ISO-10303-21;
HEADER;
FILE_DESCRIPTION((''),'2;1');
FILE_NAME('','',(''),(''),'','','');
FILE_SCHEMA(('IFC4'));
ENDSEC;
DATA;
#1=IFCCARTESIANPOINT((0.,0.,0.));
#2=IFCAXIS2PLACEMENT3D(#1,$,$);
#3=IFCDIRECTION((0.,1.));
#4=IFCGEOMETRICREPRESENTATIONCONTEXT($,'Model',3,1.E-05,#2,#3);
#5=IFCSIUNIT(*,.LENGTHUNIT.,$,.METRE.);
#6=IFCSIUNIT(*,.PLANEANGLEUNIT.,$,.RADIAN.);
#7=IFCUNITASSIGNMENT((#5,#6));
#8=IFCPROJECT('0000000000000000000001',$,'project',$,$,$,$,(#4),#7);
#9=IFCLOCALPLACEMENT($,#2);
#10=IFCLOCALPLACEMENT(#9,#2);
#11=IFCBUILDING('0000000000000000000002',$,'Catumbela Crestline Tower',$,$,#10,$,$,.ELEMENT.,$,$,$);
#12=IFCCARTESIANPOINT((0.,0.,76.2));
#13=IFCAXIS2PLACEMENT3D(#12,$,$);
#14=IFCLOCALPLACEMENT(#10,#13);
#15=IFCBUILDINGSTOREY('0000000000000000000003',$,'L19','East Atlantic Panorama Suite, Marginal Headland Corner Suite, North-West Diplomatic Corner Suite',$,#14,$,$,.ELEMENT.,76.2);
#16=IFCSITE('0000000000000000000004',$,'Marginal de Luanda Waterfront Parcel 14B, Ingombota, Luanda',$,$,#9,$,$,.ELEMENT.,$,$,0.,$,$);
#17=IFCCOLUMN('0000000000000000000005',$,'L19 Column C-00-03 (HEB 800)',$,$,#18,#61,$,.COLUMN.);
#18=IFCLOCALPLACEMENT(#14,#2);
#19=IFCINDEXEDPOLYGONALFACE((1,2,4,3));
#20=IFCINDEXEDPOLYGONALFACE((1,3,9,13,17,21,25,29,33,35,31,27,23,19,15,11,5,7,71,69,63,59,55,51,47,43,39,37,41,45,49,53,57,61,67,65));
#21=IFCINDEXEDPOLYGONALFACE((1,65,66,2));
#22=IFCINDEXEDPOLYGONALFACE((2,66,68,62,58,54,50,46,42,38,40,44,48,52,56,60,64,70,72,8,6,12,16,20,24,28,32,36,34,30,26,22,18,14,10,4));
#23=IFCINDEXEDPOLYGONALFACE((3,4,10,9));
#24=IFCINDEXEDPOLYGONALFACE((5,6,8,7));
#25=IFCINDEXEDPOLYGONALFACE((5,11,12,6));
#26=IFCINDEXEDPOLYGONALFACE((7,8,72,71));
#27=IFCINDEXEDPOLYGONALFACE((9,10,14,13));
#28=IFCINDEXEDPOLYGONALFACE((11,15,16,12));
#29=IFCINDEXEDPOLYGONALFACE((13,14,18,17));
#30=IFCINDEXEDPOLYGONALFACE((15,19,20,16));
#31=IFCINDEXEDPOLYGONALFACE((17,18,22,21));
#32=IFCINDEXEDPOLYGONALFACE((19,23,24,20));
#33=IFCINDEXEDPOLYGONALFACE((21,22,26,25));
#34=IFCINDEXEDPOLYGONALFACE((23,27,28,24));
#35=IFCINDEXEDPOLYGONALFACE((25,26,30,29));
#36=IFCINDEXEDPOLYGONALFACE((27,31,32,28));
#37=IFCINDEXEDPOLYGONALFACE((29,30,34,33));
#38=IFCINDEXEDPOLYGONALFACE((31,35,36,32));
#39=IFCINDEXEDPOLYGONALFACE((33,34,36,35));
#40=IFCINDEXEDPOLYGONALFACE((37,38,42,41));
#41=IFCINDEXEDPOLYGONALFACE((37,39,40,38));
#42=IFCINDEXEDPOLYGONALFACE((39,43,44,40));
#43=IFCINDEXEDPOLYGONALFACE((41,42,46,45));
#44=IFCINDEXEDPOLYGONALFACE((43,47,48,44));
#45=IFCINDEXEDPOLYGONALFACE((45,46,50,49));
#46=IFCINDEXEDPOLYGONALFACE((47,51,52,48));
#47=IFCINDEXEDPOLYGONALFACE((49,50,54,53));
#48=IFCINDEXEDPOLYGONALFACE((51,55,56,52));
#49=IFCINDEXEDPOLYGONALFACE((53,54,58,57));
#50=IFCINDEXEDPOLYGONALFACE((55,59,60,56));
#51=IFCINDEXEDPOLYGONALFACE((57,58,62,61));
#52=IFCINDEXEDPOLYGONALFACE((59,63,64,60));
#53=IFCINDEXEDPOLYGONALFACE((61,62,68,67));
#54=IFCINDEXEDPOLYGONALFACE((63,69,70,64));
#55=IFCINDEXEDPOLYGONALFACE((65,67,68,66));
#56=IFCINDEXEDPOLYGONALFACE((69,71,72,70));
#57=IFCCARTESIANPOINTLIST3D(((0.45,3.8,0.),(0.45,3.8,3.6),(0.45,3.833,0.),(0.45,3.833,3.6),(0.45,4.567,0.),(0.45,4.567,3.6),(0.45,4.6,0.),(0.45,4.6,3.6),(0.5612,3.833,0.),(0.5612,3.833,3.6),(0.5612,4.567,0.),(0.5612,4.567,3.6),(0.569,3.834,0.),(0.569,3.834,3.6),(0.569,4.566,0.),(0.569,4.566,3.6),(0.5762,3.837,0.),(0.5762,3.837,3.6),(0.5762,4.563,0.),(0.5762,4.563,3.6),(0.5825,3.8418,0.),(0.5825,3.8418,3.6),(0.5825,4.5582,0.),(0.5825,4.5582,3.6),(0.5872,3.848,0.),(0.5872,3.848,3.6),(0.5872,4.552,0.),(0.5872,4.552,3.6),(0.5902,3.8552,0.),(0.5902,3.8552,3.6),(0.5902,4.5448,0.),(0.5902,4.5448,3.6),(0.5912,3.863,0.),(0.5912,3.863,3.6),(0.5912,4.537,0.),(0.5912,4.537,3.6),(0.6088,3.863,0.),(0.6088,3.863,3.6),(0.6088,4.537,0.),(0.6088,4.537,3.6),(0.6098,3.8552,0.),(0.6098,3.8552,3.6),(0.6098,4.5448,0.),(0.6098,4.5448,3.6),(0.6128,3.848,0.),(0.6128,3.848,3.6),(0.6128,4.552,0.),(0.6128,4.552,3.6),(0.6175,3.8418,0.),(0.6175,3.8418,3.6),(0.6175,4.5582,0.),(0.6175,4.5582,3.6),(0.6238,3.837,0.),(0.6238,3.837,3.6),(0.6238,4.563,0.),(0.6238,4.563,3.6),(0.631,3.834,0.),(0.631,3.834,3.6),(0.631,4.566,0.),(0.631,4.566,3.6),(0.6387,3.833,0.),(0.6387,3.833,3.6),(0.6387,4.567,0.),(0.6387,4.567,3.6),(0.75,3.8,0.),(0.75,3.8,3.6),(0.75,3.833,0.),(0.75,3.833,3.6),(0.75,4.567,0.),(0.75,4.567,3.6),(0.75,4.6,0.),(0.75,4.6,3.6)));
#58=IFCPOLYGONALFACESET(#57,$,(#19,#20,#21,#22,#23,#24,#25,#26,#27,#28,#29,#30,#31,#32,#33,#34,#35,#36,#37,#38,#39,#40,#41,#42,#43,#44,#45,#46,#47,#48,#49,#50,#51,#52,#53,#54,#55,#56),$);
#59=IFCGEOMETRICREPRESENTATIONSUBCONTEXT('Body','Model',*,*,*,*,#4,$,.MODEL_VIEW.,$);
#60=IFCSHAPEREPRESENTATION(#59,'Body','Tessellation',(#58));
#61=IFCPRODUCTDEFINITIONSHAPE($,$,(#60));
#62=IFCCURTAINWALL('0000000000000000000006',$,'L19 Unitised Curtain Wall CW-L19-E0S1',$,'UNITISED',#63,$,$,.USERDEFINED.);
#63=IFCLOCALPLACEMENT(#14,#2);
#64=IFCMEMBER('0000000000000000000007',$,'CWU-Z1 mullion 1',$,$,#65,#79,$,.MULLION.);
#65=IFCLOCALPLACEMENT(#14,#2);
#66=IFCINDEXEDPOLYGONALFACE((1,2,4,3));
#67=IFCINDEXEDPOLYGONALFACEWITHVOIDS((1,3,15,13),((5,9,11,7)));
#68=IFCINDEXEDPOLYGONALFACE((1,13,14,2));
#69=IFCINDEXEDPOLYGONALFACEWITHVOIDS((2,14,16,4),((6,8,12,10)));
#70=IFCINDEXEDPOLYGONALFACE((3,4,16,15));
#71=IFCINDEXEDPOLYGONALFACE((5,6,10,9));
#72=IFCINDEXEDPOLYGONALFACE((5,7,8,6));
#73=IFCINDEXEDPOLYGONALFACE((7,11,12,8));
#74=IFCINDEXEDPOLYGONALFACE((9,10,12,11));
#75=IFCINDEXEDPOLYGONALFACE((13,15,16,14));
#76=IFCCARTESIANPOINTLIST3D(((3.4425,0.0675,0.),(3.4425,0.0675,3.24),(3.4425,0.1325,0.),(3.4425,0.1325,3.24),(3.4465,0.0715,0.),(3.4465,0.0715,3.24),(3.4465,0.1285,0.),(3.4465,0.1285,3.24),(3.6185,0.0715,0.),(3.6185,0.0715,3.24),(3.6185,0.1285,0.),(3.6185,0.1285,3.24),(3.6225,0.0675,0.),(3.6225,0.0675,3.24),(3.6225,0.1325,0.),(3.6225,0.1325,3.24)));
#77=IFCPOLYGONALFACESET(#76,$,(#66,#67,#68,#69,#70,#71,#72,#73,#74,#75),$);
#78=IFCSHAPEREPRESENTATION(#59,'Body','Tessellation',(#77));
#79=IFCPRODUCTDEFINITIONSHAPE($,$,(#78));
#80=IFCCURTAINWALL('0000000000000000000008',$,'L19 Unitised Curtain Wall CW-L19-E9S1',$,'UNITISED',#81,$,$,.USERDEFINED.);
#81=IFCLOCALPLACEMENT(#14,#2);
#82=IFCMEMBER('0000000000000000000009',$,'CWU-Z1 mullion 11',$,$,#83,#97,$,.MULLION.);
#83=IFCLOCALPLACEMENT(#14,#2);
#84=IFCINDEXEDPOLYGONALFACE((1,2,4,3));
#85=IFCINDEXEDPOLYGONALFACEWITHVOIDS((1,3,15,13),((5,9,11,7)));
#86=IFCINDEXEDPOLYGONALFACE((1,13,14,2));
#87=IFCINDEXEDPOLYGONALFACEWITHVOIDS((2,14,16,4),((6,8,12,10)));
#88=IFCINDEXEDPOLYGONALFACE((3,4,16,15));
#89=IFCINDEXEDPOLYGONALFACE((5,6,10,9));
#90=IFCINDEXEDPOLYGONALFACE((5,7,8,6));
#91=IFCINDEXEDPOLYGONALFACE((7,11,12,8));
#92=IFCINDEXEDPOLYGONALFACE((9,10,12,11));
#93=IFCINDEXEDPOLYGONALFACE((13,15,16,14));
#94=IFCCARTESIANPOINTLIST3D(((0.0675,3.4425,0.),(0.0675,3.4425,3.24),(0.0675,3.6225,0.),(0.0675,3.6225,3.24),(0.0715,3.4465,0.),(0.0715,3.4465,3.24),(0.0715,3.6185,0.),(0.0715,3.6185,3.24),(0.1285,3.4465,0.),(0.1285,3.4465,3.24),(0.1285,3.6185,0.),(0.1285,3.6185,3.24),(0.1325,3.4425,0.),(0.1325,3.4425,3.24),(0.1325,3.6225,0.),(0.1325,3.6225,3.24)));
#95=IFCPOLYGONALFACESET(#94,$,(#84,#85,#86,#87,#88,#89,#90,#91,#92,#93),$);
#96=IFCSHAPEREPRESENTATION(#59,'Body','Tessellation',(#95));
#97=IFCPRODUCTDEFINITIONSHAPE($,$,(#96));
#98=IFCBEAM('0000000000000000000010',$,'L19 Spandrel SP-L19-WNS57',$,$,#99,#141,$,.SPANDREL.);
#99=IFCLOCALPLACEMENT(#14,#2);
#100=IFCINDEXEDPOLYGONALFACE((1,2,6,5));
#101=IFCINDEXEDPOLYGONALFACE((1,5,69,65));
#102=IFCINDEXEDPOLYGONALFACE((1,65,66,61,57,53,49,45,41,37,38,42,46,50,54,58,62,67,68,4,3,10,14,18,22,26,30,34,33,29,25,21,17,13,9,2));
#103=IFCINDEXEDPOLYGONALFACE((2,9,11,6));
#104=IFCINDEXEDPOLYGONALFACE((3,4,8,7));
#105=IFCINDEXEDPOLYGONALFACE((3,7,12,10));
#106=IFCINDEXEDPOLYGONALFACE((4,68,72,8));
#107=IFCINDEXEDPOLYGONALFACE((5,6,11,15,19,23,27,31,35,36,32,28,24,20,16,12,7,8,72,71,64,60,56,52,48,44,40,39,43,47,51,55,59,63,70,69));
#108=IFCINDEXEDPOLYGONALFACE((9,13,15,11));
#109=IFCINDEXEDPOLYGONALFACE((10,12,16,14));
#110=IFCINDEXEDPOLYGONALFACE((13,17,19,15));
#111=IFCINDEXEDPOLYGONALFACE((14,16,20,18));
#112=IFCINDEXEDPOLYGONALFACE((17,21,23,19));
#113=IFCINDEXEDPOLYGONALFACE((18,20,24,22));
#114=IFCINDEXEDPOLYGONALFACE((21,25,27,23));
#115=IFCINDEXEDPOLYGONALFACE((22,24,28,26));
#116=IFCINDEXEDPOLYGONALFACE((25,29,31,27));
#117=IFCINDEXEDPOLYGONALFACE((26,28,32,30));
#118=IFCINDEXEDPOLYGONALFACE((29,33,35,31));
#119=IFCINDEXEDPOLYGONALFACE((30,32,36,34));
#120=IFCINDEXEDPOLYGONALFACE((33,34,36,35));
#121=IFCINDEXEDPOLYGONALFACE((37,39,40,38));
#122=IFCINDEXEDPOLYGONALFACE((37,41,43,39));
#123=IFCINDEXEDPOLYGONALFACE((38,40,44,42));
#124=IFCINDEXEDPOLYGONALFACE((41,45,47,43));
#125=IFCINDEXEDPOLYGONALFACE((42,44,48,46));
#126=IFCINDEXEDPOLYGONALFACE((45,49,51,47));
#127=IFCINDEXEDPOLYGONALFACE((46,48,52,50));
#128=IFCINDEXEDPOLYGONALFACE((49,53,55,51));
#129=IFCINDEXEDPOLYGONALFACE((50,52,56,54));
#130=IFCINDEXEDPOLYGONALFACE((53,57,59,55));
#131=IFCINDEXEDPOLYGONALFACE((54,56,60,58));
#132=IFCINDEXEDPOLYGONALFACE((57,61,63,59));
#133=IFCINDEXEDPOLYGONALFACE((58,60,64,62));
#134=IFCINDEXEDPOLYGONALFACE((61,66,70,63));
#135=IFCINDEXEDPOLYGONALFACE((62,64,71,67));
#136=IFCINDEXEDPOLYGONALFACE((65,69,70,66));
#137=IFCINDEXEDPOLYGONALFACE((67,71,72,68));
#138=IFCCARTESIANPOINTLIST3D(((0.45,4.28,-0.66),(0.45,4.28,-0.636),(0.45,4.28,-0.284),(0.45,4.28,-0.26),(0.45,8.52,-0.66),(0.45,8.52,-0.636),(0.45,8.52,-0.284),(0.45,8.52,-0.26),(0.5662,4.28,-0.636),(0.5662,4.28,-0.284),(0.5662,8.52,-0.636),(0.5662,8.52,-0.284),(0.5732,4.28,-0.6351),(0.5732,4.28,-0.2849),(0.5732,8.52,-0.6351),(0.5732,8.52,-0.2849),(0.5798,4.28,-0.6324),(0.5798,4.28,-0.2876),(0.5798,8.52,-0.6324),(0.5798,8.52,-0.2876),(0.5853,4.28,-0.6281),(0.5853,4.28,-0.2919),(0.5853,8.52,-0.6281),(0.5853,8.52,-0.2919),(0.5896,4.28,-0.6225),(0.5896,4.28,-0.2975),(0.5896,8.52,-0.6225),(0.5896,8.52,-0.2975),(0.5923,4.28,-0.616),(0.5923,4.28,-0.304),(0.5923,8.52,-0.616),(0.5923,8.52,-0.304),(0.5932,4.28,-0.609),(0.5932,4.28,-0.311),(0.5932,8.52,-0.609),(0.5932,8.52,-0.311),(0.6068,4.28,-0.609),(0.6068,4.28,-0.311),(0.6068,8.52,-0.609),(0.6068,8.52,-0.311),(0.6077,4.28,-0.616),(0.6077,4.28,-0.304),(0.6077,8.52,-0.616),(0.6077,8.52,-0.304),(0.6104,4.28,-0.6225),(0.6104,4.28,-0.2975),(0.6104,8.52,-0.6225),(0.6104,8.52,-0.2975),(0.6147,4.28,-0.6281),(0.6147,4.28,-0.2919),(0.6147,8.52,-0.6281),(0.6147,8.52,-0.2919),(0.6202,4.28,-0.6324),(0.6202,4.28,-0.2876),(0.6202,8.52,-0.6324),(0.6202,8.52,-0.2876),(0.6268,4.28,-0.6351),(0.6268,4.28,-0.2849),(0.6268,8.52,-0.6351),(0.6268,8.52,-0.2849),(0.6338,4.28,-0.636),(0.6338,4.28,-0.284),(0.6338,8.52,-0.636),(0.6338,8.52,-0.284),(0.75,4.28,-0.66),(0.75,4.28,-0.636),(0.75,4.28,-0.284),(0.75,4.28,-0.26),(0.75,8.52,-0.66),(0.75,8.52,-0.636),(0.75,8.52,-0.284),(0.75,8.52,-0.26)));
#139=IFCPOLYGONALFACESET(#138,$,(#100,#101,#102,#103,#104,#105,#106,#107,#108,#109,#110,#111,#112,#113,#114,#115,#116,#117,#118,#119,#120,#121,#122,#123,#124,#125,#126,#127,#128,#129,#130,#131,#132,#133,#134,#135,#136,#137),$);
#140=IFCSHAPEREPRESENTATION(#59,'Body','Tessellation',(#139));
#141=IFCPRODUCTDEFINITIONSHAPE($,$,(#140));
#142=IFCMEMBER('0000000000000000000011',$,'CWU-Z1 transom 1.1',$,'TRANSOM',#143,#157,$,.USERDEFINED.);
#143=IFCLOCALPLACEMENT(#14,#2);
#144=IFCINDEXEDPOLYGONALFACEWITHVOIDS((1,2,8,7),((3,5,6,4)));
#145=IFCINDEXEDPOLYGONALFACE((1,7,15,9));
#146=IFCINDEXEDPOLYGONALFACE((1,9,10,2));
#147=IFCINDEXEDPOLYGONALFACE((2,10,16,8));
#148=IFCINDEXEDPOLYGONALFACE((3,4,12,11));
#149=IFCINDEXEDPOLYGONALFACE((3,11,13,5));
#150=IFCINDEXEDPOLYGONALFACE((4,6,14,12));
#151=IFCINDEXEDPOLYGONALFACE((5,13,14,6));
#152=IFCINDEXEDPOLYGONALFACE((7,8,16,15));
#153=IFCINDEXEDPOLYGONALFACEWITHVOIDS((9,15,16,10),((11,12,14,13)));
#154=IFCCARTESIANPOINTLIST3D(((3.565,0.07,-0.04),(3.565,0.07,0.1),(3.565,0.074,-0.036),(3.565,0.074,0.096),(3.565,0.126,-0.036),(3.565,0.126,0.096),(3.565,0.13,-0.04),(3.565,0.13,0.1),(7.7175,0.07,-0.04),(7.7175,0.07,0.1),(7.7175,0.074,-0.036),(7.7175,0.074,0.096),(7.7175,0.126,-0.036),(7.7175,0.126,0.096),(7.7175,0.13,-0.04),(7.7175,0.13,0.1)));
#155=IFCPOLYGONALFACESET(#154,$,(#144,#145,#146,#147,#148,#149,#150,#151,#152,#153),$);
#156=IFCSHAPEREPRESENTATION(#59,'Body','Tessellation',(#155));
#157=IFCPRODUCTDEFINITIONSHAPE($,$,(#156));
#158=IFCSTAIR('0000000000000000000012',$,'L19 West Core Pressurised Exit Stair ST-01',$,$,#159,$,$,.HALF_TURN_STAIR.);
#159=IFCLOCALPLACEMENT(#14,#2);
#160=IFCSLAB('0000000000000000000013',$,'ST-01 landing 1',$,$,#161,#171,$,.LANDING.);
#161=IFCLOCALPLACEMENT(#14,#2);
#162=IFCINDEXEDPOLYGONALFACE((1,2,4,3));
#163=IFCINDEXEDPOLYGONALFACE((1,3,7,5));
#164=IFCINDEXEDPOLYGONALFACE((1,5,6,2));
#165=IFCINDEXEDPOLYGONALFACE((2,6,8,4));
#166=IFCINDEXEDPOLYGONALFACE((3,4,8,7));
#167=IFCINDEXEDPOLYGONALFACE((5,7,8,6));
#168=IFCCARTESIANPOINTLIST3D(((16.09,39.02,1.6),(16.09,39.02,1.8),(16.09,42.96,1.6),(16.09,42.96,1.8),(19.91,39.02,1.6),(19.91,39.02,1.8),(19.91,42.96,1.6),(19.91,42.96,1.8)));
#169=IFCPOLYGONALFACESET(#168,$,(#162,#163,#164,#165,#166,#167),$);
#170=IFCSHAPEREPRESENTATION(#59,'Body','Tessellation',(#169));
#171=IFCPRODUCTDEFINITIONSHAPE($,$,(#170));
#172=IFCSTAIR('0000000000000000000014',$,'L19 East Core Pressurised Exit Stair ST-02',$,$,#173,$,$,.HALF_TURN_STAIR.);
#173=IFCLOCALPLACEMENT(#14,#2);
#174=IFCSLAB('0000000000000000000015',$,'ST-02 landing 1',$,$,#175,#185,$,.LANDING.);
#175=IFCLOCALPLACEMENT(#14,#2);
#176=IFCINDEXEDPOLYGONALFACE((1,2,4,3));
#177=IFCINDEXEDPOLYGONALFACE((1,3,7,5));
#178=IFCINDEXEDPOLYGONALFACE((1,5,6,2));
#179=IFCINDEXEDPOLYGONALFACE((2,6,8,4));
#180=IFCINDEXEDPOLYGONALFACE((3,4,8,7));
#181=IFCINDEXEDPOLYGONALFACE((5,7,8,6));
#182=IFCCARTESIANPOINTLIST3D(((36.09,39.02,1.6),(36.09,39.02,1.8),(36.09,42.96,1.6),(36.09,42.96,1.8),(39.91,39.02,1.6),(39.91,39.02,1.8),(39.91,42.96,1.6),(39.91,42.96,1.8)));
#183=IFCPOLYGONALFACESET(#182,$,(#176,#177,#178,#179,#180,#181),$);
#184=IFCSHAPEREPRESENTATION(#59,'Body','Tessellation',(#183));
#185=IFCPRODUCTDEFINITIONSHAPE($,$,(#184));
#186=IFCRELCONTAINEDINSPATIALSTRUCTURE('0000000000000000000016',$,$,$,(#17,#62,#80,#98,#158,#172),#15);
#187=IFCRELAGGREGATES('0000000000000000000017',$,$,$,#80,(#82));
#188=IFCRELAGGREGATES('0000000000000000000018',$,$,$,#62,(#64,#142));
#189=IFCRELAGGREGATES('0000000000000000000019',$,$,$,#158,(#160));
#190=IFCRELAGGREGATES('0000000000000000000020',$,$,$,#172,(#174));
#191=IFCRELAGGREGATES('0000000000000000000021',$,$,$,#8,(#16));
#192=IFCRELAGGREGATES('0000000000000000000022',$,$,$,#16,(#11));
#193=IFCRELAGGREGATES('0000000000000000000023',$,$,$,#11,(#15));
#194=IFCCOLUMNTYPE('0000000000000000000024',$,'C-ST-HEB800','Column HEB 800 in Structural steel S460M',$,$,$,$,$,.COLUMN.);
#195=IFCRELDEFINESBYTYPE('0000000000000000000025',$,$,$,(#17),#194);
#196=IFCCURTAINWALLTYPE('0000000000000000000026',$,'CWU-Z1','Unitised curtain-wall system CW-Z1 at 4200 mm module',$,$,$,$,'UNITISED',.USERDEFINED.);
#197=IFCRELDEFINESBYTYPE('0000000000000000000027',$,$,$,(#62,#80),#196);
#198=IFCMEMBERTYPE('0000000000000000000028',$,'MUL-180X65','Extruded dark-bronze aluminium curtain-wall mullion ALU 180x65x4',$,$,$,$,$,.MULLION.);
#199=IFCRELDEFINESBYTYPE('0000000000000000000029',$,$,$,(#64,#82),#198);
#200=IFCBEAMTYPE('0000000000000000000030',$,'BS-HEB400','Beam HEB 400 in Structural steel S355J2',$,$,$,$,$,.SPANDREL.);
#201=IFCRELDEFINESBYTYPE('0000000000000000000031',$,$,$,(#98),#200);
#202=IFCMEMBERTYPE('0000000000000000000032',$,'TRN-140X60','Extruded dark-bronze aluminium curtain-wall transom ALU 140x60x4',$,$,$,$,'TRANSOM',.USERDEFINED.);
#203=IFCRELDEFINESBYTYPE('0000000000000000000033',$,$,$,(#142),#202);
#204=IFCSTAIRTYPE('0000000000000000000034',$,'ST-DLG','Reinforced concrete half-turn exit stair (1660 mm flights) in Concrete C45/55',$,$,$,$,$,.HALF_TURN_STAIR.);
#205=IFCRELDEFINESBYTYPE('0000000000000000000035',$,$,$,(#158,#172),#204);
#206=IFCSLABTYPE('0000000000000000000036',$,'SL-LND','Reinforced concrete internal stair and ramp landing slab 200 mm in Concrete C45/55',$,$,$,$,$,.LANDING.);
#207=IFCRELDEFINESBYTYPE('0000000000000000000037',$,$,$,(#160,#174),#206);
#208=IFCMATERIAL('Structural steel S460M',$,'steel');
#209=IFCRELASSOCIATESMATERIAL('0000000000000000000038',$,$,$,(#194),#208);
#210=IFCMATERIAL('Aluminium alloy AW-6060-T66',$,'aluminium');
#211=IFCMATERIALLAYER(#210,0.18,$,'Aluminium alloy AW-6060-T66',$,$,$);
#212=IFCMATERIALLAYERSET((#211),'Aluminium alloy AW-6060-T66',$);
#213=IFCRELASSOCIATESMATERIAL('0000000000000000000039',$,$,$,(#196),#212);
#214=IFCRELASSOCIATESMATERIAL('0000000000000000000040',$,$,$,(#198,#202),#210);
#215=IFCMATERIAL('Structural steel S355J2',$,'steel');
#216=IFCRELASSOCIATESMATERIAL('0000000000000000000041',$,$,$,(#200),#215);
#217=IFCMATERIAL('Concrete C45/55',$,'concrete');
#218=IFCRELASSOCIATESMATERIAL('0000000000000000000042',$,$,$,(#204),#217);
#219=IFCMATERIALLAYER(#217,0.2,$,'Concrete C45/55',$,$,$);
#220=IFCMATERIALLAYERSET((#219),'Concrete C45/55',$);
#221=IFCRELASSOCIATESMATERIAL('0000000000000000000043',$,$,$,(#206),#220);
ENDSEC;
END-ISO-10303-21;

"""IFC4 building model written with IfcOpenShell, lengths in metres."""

from ifc_helpers import new_model, si_unit, direction, frame, origin, origin_2d, place, context, subcontext, project, spatial, polyline, hollow_rectangle, i_section, outline, extrude, material, layer, layer_set, material_profile, profile_set, type_object, element, aggregate, save


model = new_model("IFC4")

# Units and contexts
model_context = context("Model", 3, precision=1e-05, world=origin(), true_north=direction((0.0, 1.0)))
body_context = subcontext(model_context, "Body", "Model", "MODEL_VIEW")
ifc_project = project(units=[si_unit("LENGTHUNIT", "METRE"), si_unit("PLANEANGLEUNIT", "RADIAN")], contexts=[model_context])

# Site, building, storey
site_placement = place(None, origin())
site = spatial("IfcSite", under=ifc_project, at=site_placement, Name="Marginal de Luanda Waterfront Parcel 14B, Ingombota, Luanda", CompositionType="ELEMENT", RefElevation=0.0)
building_placement = place(site_placement, origin())
building = spatial("IfcBuilding", under=site, at=building_placement, Name="Catumbela Crestline Tower", CompositionType="ELEMENT")
storey_placement = place(building_placement, frame((0.0, 0.0, 76.2)))
storey = spatial("IfcBuildingStorey", under=building, at=storey_placement, Name="L19", Description="East Atlantic Panorama Suite, Marginal Headland Corner Suite, North-West Diplomatic Corner Suite", CompositionType="ELEMENT", Elevation=76.2)

# Column
ifc_material_1 = material(Name="Structural steel S460M", Category="steel")
ifc_material_profile_1 = material_profile(ifc_material_1, i_section(OverallWidth=0.3, OverallDepth=0.8, WebThickness=0.0175, FlangeThickness=0.033, FilletRadius=0.03, at=origin_2d()), Name="HEB 800")
ifc_profile_set_1 = profile_set([ifc_material_profile_1], Name="Structural steel S460M")
column_type = type_object("IfcColumnType", Name="C-ST-HEB800", Description="Column HEB 800 in Structural steel S460M", PredefinedType="COLUMN", material=ifc_profile_set_1)
column_placement = place(storey_placement, frame((0.6, 4.2, 0.0), z_axis=(0.0, 0.0, 1.0), x_axis=(1.0, 0.0, 0.0)))
element("IfcColumn", 1, at=column_placement, inside=storey, type_object=column_type, Name="L19 Column C-00-03 (HEB 800)", PredefinedType="COLUMN", context=body_context, shape_type="SweptSolid", body=[
    extrude(i_section(OverallWidth=0.3, OverallDepth=0.8, WebThickness=0.0175, FlangeThickness=0.033, FilletRadius=0.03, at=origin_2d()), origin(), (0.0, 0.0, 1.0), 3.6),
])

# Curtain walls, members
ifc_material_2 = material(Name="Aluminium alloy AW-6060-T66", Category="aluminium")
ifc_layer_1 = layer(ifc_material_2, 0.18, Name="Aluminium alloy AW-6060-T66")
ifc_layer_set_1 = layer_set([ifc_layer_1], Name="Aluminium alloy AW-6060-T66")
curtain_wall_type = type_object("IfcCurtainWallType", Name="CWU-Z1", Description="Unitised curtain-wall system CW-Z1 at 4200 mm module", ElementType="UNITISED", PredefinedType="USERDEFINED", material=ifc_layer_set_1)
curtain_wall_1_placement = place(storey_placement, origin())
curtain_wall_1 = element("IfcCurtainWall", 2, at=curtain_wall_1_placement, inside=storey, type_object=curtain_wall_type, Name="L19 Unitised Curtain Wall CW-L19-E0S1", ObjectType="UNITISED", PredefinedType="USERDEFINED")
ifc_material_profile_2 = material_profile(ifc_material_2, hollow_rectangle(XDim=0.065, YDim=0.18, WallThickness=0.004, at=origin_2d()), Name="ALU 180x65x4")
ifc_profile_set_2 = profile_set([ifc_material_profile_2], Name="Aluminium alloy AW-6060-T66")
member_type_1 = type_object("IfcMemberType", Name="MUL-180X65", Description="Extruded dark-bronze aluminium curtain-wall mullion ALU 180x65x4", PredefinedType="MULLION", material=ifc_profile_set_2)
member_1_placement = place(storey_placement, frame((3.5325, 0.1, 0.0), z_axis=(0.0, 0.0, 1.0), x_axis=(0.0, 1.0, 0.0)))
member_1 = element("IfcMember", 3, at=member_1_placement, type_object=member_type_1, Name="CWU-Z1 mullion 1", PredefinedType="MULLION", context=body_context, shape_type="SweptSolid", body=[
    extrude(hollow_rectangle(XDim=0.065, YDim=0.18, WallThickness=0.004, at=origin_2d()), origin(), (0.0, 0.0, 1.0), 3.24),
])
curtain_wall_2_placement = place(storey_placement, origin())
curtain_wall_2 = element("IfcCurtainWall", 4, at=curtain_wall_2_placement, inside=storey, type_object=curtain_wall_type, Name="L19 Unitised Curtain Wall CW-L19-E9S1", ObjectType="UNITISED", PredefinedType="USERDEFINED")
member_2_placement = place(storey_placement, frame((0.1, 3.5325, 0.0), z_axis=(0.0, 0.0, 1.0), x_axis=(1.0, 0.0, 0.0)))
member_2 = element("IfcMember", 5, at=member_2_placement, type_object=member_type_1, Name="CWU-Z1 mullion 11", PredefinedType="MULLION", context=body_context, shape_type="SweptSolid", body=[
    extrude(hollow_rectangle(XDim=0.065, YDim=0.18, WallThickness=0.004, at=origin_2d()), origin(), (0.0, 0.0, 1.0), 3.24),
])
aggregate(curtain_wall_2, [member_2])

# Beam
ifc_material_3 = material(Name="Structural steel S355J2", Category="steel")
ifc_material_profile_3 = material_profile(ifc_material_3, i_section(OverallWidth=0.3, OverallDepth=0.4, WebThickness=0.0135, FlangeThickness=0.024, FilletRadius=0.027, at=origin_2d()), Name="HEB 400")
ifc_profile_set_3 = profile_set([ifc_material_profile_3], Name="Structural steel S355J2")
beam_type = type_object("IfcBeamType", Name="BS-HEB400", Description="Beam HEB 400 in Structural steel S355J2", PredefinedType="SPANDREL", material=ifc_profile_set_3)
beam_placement = place(storey_placement, frame((0.6, 4.28, -0.46), z_axis=(0.0, 1.0, 0.0), x_axis=(-1.0, 0.0, 0.0)))
element("IfcBeam", 6, at=beam_placement, inside=storey, type_object=beam_type, Name="L19 Spandrel SP-L19-WNS57", PredefinedType="SPANDREL", context=body_context, shape_type="SweptSolid", body=[
    extrude(i_section(OverallWidth=0.3, OverallDepth=0.4, WebThickness=0.0135, FlangeThickness=0.024, FilletRadius=0.027, at=origin_2d()), origin(), (0.0, 0.0, 1.0), 4.24),
])

# Member
ifc_material_profile_4 = material_profile(ifc_material_2, hollow_rectangle(XDim=0.06, YDim=0.14, WallThickness=0.004, at=origin_2d()), Name="ALU 140x60x4")
ifc_profile_set_4 = profile_set([ifc_material_profile_4], Name="Aluminium alloy AW-6060-T66")
member_type_2 = type_object("IfcMemberType", Name="TRN-140X60", Description="Extruded dark-bronze aluminium curtain-wall transom ALU 140x60x4", ElementType="TRANSOM", PredefinedType="USERDEFINED", material=ifc_profile_set_4)
member_3_placement = place(storey_placement, frame((3.565, 0.1, 0.03), z_axis=(1.0, 0.0, 0.0), x_axis=(0.0, 1.0, 0.0)))
member_3 = element("IfcMember", 7, at=member_3_placement, type_object=member_type_2, Name="CWU-Z1 transom 1.1", ObjectType="TRANSOM", PredefinedType="USERDEFINED", context=body_context, shape_type="SweptSolid", body=[
    extrude(hollow_rectangle(XDim=0.06, YDim=0.14, WallThickness=0.004, at=origin_2d()), origin(), (0.0, 0.0, 1.0), 4.1525),
])
aggregate(curtain_wall_1, [member_1, member_3])

# Stairs, slabs
ifc_material_4 = material(Name="Concrete C45/55", Category="concrete")
stair_type = type_object("IfcStairType", Name="ST-DLG", Description="Reinforced concrete half-turn exit stair (1660 mm flights) in Concrete C45/55", PredefinedType="HALF_TURN_STAIR", material=ifc_material_4)
stair_1_placement = place(storey_placement, origin())
stair_1 = element("IfcStair", 8, at=stair_1_placement, inside=storey, type_object=stair_type, Name="L19 West Core Pressurised Exit Stair ST-01", PredefinedType="HALF_TURN_STAIR")
ifc_layer_2 = layer(ifc_material_4, 0.2, Name="Concrete C45/55")
ifc_layer_set_2 = layer_set([ifc_layer_2], Name="Concrete C45/55")
slab_type_1 = type_object("IfcSlabType", Name="SL-LND", Description="Reinforced concrete internal stair and ramp landing slab 200 mm in Concrete C45/55", PredefinedType="LANDING", material=ifc_layer_set_2)
slab_1_placement = place(storey_placement, frame((0.0, 0.0, 1.6)))
slab_1 = element("IfcSlab", 9, at=slab_1_placement, type_object=slab_type_1, Name="ST-01 landing 1", PredefinedType="LANDING", context=body_context, shape_type="SweptSolid", body=[
    extrude(outline(polyline([(19.91, 39.02), (19.91, 42.96), (16.09, 42.96), (16.09, 39.02), (19.91, 39.02)])), origin(), (0.0, 0.0, 1.0), 0.2),
])
aggregate(stair_1, [slab_1])
stair_2_placement = place(storey_placement, origin())
stair_2 = element("IfcStair", 10, at=stair_2_placement, inside=storey, type_object=stair_type, Name="L19 East Core Pressurised Exit Stair ST-02", PredefinedType="HALF_TURN_STAIR")
slab_2_placement = place(storey_placement, frame((0.0, 0.0, 1.6)))
slab_2 = element("IfcSlab", 11, at=slab_2_placement, type_object=slab_type_1, Name="ST-02 landing 1", PredefinedType="LANDING", context=body_context, shape_type="SweptSolid", body=[
    extrude(outline(polyline([(39.91, 39.02), (39.91, 42.96), (36.09, 42.96), (36.09, 39.02), (39.91, 39.02)])), origin(), (0.0, 0.0, 1.0), 0.2),
])
aggregate(stair_2, [slab_2])

save(model, "model.ifc")
